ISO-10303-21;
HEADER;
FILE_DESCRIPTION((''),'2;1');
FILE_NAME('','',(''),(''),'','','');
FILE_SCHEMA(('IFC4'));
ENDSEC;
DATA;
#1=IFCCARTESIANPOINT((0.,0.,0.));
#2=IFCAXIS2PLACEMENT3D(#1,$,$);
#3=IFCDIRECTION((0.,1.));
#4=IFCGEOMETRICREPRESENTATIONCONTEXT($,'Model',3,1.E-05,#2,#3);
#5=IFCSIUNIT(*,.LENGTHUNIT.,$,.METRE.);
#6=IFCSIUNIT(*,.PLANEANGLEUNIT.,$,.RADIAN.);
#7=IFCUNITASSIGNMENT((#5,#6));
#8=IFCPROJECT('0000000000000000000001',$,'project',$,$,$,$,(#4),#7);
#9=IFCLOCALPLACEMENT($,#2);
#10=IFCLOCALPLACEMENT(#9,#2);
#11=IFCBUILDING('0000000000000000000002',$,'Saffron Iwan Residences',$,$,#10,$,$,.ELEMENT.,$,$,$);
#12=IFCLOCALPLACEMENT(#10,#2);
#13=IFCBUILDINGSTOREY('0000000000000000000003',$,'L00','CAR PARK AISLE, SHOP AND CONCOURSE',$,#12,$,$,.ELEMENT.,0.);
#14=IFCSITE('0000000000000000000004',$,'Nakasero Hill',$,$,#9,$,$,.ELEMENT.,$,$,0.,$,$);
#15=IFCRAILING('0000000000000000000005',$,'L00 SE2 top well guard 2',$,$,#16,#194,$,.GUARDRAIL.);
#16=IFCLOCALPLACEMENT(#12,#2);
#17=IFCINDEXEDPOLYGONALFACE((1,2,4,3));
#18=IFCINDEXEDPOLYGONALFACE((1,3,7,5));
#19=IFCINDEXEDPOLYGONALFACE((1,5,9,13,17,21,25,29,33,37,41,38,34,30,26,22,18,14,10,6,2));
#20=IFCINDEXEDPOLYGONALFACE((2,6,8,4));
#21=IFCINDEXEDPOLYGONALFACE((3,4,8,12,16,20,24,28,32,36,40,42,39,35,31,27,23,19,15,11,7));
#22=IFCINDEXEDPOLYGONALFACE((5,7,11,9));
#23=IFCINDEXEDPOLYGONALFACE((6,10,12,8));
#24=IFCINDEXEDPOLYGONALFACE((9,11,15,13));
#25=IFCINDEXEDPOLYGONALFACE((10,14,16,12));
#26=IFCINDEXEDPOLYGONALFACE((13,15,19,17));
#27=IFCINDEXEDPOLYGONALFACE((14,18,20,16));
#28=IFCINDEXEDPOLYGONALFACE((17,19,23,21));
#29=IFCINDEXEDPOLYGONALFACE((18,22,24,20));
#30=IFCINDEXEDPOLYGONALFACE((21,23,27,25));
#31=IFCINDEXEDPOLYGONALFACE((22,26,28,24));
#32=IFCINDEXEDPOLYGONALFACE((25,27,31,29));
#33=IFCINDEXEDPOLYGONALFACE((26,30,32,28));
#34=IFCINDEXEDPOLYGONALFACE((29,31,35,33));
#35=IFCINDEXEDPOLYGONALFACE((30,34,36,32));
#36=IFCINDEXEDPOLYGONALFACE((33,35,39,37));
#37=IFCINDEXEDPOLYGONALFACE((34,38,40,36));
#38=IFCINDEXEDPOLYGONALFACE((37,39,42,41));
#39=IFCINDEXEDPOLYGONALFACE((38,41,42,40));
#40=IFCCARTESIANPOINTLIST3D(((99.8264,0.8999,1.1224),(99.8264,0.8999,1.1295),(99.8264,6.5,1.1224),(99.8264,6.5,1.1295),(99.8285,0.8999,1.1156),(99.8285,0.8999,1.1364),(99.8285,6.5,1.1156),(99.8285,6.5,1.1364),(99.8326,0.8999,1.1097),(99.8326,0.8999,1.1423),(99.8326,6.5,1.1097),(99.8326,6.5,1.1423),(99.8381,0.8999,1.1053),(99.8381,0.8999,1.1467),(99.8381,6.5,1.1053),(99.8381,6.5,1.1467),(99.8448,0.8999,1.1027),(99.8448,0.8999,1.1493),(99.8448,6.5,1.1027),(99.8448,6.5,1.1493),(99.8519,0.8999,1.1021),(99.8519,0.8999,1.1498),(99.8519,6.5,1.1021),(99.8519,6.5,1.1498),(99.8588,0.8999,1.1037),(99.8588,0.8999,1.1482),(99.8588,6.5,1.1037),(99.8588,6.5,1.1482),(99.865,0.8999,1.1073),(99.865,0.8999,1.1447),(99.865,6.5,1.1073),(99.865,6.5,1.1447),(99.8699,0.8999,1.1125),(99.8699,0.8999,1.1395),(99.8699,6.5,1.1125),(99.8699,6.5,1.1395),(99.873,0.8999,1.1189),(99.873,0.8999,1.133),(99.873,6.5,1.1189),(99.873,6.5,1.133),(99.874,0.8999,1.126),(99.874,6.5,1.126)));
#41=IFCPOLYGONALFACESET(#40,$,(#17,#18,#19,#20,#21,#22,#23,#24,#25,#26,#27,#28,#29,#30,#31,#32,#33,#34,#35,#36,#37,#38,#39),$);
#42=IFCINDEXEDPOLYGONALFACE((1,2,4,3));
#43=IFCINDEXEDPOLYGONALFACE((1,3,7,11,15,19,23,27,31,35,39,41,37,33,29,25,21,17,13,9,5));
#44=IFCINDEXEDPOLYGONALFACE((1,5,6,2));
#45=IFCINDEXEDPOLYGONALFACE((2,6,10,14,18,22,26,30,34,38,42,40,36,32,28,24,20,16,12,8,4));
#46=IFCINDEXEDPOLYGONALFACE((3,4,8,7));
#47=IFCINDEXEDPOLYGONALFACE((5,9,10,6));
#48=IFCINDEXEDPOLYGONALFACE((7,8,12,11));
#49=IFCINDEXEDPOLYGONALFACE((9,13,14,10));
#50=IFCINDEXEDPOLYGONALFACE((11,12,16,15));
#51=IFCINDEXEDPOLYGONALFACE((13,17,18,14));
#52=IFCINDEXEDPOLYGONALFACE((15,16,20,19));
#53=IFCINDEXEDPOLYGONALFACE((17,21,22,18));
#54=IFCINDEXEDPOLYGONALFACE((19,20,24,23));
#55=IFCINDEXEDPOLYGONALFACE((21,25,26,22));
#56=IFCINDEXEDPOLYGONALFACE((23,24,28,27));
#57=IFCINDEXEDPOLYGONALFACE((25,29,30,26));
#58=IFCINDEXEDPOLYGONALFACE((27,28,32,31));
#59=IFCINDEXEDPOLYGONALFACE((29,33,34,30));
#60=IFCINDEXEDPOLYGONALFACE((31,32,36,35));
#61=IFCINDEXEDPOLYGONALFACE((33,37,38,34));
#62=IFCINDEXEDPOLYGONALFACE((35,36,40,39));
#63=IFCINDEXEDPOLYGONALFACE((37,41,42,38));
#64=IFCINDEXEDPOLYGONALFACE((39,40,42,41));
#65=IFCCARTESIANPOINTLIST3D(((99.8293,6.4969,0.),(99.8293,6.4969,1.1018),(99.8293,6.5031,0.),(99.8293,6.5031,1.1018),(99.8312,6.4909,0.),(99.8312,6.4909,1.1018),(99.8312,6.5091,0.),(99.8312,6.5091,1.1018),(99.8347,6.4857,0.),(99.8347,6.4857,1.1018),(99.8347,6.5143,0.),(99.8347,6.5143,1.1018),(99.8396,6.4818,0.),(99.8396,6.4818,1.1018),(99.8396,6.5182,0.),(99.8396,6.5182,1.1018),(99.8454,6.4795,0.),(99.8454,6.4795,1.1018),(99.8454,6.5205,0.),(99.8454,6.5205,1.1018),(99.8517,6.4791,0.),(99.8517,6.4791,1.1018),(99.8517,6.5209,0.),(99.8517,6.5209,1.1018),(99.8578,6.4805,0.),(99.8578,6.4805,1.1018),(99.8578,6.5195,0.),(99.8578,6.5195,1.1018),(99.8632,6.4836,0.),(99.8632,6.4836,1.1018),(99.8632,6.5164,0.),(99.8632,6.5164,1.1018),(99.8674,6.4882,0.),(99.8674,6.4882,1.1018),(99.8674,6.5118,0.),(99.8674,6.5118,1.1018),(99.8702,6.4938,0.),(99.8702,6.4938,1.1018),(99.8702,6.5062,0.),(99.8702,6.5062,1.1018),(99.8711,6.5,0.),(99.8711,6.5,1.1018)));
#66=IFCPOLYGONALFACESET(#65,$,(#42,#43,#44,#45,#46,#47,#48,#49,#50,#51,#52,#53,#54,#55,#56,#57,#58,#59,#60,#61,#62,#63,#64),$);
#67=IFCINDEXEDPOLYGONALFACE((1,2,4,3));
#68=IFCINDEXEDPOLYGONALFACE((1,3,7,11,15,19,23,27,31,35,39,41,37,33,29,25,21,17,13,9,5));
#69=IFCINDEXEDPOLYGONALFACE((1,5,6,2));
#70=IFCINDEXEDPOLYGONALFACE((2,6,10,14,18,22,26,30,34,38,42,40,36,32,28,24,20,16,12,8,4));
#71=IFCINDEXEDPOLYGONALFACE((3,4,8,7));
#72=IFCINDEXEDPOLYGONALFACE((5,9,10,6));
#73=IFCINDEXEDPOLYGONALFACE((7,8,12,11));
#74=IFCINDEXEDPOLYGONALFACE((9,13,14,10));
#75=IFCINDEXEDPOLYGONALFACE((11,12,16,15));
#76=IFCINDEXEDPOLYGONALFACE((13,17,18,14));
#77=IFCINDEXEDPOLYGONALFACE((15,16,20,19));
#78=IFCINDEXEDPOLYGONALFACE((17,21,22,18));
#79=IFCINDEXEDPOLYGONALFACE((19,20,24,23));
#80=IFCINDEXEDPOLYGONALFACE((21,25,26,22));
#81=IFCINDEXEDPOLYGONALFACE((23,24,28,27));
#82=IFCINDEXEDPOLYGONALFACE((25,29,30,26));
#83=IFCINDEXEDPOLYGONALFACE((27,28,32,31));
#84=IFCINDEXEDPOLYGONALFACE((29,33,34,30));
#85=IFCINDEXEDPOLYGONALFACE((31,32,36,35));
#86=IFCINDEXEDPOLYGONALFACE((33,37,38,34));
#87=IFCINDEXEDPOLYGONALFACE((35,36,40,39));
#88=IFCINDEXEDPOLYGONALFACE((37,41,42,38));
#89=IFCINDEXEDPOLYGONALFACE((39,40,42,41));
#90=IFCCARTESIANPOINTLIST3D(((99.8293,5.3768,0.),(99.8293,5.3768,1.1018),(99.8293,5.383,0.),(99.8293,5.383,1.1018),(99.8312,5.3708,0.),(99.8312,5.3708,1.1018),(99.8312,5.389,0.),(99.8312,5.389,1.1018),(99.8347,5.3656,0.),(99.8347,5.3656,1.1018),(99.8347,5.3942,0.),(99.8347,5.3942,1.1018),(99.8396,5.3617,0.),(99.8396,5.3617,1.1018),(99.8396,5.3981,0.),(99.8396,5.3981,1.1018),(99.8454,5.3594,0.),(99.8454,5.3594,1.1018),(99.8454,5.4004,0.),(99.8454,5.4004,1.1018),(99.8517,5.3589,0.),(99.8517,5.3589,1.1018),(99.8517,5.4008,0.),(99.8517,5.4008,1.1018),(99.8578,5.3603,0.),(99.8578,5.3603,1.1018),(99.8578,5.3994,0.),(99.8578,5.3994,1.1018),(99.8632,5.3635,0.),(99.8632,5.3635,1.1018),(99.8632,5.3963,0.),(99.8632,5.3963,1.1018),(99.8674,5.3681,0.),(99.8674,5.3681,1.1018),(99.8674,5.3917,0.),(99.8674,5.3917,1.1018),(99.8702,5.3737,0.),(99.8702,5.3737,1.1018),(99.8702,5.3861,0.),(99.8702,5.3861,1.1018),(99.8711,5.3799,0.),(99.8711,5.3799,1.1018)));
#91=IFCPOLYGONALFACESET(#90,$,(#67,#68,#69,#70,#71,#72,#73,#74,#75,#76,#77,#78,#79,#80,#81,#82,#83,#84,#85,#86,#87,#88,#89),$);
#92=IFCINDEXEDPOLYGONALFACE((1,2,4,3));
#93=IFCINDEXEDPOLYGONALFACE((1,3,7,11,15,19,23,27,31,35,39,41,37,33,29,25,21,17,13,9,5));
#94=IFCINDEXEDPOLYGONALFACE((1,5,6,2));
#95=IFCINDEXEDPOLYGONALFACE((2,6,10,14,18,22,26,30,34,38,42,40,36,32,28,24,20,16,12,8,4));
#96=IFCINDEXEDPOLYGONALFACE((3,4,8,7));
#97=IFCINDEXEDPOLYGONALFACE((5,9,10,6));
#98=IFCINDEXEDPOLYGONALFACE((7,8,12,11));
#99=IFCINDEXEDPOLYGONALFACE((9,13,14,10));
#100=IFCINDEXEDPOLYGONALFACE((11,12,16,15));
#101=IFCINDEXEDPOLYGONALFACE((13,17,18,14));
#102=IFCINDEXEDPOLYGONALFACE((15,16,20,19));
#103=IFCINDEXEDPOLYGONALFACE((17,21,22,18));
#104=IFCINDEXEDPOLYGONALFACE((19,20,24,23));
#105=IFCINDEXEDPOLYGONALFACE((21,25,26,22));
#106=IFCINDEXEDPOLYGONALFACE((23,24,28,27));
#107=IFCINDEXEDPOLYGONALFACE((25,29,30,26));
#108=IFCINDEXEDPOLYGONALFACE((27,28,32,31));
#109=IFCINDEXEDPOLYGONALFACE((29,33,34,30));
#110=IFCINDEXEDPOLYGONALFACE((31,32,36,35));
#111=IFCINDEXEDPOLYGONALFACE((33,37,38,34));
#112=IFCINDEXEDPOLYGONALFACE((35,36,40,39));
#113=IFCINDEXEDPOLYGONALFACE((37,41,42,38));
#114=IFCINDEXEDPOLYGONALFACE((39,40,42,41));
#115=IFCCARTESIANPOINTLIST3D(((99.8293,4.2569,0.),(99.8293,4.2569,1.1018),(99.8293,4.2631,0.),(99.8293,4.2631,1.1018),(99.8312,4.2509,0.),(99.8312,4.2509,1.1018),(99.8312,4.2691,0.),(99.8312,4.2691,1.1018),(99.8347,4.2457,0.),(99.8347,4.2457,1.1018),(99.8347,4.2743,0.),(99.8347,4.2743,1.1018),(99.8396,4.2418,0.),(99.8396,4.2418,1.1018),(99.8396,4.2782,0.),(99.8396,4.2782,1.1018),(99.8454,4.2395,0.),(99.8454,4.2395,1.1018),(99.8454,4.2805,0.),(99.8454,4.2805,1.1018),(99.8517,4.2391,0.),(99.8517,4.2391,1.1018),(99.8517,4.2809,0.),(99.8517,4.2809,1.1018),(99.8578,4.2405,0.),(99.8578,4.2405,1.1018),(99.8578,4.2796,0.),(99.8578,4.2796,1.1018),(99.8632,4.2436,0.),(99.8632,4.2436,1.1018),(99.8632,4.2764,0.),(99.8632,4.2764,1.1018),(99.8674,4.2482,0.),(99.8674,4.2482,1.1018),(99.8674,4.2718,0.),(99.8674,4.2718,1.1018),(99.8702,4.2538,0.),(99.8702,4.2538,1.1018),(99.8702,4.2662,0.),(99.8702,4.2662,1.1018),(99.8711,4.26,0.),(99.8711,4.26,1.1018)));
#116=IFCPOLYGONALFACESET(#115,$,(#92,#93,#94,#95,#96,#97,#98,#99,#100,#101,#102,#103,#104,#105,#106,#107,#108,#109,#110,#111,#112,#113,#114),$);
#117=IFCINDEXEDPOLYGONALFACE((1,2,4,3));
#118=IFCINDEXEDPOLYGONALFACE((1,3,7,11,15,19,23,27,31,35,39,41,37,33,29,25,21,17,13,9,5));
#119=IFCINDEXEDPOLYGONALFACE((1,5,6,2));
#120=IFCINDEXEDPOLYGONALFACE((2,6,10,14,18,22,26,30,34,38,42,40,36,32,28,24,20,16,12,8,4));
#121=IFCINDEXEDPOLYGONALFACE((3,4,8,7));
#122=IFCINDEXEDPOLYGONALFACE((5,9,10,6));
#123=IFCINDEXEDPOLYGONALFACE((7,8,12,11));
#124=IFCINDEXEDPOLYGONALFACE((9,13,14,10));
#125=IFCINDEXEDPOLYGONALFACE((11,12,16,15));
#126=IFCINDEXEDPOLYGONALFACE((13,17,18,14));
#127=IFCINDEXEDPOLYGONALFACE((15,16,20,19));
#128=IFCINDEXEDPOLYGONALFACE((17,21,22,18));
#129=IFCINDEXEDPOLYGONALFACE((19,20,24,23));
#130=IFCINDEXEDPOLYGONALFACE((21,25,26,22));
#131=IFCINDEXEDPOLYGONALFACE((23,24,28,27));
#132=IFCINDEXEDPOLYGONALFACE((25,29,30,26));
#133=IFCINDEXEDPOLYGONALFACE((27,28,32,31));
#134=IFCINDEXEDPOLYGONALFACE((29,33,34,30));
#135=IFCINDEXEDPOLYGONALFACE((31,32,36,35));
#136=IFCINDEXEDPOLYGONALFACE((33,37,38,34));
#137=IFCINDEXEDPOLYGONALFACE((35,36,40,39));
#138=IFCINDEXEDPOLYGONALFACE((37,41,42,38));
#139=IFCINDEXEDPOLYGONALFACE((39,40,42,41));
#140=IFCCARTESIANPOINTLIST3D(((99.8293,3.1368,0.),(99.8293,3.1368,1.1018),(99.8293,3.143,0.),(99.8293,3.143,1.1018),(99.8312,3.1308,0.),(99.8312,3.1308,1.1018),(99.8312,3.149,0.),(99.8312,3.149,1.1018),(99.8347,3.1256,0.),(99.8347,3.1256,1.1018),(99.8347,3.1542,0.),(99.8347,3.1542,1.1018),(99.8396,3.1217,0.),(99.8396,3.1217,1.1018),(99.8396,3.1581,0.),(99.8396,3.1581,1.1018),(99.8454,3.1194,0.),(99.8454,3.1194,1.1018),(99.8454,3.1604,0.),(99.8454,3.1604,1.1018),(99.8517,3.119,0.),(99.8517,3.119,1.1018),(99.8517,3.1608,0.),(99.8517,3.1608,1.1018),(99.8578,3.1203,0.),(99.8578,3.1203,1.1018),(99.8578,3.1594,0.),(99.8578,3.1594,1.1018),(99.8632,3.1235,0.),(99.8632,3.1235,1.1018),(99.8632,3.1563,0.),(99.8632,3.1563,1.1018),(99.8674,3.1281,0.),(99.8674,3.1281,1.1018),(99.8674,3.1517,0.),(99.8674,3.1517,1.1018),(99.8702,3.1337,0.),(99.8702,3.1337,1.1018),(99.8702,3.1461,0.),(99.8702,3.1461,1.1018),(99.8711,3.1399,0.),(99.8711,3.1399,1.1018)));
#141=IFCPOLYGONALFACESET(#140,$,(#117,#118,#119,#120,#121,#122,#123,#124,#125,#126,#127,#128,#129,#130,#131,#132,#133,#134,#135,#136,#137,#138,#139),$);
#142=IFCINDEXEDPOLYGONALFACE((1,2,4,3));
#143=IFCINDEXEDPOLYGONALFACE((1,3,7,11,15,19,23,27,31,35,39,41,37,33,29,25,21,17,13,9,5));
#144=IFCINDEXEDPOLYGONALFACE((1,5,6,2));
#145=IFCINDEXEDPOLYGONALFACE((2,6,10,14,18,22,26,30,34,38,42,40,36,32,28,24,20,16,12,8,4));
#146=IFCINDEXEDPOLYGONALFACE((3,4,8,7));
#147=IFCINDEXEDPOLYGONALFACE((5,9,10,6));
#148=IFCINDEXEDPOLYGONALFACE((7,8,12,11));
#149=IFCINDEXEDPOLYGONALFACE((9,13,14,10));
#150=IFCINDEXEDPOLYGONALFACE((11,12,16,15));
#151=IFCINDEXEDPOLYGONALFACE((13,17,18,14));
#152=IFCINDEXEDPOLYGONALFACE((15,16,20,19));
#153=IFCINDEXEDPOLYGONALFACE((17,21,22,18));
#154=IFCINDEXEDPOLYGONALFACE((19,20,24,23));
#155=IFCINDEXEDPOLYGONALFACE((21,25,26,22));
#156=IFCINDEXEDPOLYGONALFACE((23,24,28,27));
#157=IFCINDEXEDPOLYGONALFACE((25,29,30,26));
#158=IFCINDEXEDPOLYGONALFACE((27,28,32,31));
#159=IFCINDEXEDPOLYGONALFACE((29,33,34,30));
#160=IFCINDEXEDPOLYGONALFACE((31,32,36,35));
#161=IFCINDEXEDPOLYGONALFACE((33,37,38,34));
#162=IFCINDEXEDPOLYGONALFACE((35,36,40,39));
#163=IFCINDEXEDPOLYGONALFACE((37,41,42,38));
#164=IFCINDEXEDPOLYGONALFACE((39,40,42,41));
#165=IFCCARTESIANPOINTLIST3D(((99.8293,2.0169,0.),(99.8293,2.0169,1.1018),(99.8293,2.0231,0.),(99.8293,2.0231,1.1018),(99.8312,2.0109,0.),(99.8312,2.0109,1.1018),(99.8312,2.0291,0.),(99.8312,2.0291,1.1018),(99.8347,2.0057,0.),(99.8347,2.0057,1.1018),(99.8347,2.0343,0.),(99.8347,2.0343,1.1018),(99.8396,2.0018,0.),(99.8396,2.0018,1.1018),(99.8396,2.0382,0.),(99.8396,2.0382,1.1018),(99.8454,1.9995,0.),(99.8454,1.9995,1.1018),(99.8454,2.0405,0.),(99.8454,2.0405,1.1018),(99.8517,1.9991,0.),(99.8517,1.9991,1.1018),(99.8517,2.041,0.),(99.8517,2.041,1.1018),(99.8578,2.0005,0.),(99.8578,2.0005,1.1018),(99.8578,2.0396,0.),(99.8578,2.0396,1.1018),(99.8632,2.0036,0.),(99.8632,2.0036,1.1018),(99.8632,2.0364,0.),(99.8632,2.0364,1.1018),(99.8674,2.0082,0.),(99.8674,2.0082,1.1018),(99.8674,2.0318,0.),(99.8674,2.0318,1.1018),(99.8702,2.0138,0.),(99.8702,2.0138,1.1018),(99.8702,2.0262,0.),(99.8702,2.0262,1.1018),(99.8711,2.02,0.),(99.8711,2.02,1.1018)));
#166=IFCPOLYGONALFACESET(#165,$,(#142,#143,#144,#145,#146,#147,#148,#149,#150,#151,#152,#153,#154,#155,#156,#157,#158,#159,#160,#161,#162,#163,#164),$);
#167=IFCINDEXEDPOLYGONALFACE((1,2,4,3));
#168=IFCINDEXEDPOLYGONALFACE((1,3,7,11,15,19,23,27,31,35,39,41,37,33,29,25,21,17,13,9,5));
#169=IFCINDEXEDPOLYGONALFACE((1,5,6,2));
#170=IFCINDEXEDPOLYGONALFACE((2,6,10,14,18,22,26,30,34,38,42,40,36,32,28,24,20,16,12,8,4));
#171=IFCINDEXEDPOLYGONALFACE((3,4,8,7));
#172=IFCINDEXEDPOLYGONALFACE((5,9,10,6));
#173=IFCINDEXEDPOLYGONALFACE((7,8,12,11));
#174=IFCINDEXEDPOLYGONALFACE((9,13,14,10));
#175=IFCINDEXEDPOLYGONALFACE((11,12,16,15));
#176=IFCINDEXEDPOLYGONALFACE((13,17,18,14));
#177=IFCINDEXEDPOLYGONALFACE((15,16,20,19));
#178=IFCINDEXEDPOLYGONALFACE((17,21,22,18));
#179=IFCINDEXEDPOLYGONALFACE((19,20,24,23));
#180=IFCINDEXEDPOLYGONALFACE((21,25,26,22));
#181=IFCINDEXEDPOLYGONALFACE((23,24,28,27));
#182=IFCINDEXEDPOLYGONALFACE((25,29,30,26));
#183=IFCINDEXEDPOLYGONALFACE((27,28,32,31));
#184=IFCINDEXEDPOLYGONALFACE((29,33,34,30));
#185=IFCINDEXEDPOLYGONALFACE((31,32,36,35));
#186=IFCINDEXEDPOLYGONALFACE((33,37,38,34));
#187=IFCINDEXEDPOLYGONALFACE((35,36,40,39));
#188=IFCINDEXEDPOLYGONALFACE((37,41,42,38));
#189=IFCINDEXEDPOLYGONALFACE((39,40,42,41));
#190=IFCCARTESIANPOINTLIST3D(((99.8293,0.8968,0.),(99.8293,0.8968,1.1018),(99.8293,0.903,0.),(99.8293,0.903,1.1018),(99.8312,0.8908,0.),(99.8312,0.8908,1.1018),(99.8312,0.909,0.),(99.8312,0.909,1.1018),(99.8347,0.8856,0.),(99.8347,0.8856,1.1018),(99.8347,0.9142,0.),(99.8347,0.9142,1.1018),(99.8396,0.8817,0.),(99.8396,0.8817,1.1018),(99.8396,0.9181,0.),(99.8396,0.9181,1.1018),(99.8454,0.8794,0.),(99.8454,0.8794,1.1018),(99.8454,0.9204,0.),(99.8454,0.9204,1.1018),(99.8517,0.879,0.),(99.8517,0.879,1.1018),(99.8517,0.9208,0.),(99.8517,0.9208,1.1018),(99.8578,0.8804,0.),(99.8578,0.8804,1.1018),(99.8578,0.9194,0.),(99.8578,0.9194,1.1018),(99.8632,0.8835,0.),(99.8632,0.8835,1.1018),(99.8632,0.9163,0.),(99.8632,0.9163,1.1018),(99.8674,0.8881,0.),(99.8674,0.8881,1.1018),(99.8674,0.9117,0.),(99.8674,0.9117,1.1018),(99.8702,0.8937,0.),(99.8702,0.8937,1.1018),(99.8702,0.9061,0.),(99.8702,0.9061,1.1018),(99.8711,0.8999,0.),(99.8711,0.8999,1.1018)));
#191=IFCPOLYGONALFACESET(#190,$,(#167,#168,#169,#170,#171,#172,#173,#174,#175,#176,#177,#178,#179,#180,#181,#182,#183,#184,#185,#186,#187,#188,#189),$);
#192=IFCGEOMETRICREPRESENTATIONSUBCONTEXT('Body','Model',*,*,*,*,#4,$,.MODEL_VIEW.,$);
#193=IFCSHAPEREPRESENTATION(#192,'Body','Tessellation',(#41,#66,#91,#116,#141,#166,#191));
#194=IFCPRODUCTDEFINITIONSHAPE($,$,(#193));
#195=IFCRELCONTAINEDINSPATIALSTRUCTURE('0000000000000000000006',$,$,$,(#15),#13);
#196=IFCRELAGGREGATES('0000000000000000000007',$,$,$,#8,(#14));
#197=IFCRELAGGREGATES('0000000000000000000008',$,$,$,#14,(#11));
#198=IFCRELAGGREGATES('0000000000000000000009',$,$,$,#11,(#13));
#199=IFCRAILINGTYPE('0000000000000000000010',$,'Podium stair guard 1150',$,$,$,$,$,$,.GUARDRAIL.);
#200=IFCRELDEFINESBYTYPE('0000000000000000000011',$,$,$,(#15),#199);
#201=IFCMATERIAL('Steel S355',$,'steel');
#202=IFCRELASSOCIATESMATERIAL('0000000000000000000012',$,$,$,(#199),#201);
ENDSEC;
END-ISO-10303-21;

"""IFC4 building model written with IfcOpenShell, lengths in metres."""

from ifc_helpers import new_model, si_unit, direction, frame, origin, origin_2d, place, context, subcontext, project, spatial, circle, extrude, material, type_object, element, save


model = new_model("IFC4")

# Units and contexts
model_context = context("Model", 3, precision=1e-05, world=origin(), true_north=direction((0.0, 1.0)))
body_context = subcontext(model_context, "Body", "Model", "MODEL_VIEW")
ifc_project = project(units=[si_unit("LENGTHUNIT", "METRE"), si_unit("PLANEANGLEUNIT", "RADIAN")], contexts=[model_context])

# Site, building, storey
site_placement = place(None, origin())
site = spatial("IfcSite", under=ifc_project, at=site_placement, Name="Nakasero Hill", CompositionType="ELEMENT", RefElevation=0.0)
building_placement = place(site_placement, origin())
building = spatial("IfcBuilding", under=site, at=building_placement, Name="Saffron Iwan Residences", CompositionType="ELEMENT")
storey_placement = place(building_placement, origin())
storey = spatial("IfcBuildingStorey", under=building, at=storey_placement, Name="L00", Description="CAR PARK AISLE, SHOP AND CONCOURSE", CompositionType="ELEMENT", Elevation=0.0)

# Railing
ifc_material_1 = material(Name="Steel S355", Category="steel")
railing_type = type_object("IfcRailingType", Name="Podium stair guard 1150", PredefinedType="GUARDRAIL", material=ifc_material_1)
railing_1_placement = place(storey_placement, frame((99.8501, 6.5, 0.0)))
element("IfcRailing", 1, at=railing_1_placement, inside=storey, type_object=railing_type, Name="L00 SE2 top well guard 2", PredefinedType="GUARDRAIL", context=body_context, shape_type="SweptSolid", body=[
    extrude(circle(Radius=0.0239, at=origin_2d()), frame((0.0, 0.0, 1.126), z_axis=(0.0, -1.0, 0.0), x_axis=(1.0, 0.0, 0.0)), (0.0, 0.0, 1.0), 5.6001),
    extrude(circle(Radius=0.021, at=origin_2d()), origin(), (0.0, 0.0, 1.0), 1.1018),
    extrude(circle(Radius=0.021, at=origin_2d()), frame((0.0, -1.1201, 0.0)), (0.0, 0.0, 1.0), 1.1018),
    extrude(circle(Radius=0.021, at=origin_2d()), frame((0.0, -2.24, 0.0)), (0.0, 0.0, 1.0), 1.1018),
    extrude(circle(Radius=0.021, at=origin_2d()), frame((0.0, -3.3601, 0.0)), (0.0, 0.0, 1.0), 1.1018),
    extrude(circle(Radius=0.021, at=origin_2d()), frame((0.0, -4.48, 0.0)), (0.0, 0.0, 1.0), 1.1018),
    extrude(circle(Radius=0.021, at=origin_2d()), frame((0.0, -5.6001, 0.0)), (0.0, 0.0, 1.0), 1.1018),
])

save(model, "model.ifc")
